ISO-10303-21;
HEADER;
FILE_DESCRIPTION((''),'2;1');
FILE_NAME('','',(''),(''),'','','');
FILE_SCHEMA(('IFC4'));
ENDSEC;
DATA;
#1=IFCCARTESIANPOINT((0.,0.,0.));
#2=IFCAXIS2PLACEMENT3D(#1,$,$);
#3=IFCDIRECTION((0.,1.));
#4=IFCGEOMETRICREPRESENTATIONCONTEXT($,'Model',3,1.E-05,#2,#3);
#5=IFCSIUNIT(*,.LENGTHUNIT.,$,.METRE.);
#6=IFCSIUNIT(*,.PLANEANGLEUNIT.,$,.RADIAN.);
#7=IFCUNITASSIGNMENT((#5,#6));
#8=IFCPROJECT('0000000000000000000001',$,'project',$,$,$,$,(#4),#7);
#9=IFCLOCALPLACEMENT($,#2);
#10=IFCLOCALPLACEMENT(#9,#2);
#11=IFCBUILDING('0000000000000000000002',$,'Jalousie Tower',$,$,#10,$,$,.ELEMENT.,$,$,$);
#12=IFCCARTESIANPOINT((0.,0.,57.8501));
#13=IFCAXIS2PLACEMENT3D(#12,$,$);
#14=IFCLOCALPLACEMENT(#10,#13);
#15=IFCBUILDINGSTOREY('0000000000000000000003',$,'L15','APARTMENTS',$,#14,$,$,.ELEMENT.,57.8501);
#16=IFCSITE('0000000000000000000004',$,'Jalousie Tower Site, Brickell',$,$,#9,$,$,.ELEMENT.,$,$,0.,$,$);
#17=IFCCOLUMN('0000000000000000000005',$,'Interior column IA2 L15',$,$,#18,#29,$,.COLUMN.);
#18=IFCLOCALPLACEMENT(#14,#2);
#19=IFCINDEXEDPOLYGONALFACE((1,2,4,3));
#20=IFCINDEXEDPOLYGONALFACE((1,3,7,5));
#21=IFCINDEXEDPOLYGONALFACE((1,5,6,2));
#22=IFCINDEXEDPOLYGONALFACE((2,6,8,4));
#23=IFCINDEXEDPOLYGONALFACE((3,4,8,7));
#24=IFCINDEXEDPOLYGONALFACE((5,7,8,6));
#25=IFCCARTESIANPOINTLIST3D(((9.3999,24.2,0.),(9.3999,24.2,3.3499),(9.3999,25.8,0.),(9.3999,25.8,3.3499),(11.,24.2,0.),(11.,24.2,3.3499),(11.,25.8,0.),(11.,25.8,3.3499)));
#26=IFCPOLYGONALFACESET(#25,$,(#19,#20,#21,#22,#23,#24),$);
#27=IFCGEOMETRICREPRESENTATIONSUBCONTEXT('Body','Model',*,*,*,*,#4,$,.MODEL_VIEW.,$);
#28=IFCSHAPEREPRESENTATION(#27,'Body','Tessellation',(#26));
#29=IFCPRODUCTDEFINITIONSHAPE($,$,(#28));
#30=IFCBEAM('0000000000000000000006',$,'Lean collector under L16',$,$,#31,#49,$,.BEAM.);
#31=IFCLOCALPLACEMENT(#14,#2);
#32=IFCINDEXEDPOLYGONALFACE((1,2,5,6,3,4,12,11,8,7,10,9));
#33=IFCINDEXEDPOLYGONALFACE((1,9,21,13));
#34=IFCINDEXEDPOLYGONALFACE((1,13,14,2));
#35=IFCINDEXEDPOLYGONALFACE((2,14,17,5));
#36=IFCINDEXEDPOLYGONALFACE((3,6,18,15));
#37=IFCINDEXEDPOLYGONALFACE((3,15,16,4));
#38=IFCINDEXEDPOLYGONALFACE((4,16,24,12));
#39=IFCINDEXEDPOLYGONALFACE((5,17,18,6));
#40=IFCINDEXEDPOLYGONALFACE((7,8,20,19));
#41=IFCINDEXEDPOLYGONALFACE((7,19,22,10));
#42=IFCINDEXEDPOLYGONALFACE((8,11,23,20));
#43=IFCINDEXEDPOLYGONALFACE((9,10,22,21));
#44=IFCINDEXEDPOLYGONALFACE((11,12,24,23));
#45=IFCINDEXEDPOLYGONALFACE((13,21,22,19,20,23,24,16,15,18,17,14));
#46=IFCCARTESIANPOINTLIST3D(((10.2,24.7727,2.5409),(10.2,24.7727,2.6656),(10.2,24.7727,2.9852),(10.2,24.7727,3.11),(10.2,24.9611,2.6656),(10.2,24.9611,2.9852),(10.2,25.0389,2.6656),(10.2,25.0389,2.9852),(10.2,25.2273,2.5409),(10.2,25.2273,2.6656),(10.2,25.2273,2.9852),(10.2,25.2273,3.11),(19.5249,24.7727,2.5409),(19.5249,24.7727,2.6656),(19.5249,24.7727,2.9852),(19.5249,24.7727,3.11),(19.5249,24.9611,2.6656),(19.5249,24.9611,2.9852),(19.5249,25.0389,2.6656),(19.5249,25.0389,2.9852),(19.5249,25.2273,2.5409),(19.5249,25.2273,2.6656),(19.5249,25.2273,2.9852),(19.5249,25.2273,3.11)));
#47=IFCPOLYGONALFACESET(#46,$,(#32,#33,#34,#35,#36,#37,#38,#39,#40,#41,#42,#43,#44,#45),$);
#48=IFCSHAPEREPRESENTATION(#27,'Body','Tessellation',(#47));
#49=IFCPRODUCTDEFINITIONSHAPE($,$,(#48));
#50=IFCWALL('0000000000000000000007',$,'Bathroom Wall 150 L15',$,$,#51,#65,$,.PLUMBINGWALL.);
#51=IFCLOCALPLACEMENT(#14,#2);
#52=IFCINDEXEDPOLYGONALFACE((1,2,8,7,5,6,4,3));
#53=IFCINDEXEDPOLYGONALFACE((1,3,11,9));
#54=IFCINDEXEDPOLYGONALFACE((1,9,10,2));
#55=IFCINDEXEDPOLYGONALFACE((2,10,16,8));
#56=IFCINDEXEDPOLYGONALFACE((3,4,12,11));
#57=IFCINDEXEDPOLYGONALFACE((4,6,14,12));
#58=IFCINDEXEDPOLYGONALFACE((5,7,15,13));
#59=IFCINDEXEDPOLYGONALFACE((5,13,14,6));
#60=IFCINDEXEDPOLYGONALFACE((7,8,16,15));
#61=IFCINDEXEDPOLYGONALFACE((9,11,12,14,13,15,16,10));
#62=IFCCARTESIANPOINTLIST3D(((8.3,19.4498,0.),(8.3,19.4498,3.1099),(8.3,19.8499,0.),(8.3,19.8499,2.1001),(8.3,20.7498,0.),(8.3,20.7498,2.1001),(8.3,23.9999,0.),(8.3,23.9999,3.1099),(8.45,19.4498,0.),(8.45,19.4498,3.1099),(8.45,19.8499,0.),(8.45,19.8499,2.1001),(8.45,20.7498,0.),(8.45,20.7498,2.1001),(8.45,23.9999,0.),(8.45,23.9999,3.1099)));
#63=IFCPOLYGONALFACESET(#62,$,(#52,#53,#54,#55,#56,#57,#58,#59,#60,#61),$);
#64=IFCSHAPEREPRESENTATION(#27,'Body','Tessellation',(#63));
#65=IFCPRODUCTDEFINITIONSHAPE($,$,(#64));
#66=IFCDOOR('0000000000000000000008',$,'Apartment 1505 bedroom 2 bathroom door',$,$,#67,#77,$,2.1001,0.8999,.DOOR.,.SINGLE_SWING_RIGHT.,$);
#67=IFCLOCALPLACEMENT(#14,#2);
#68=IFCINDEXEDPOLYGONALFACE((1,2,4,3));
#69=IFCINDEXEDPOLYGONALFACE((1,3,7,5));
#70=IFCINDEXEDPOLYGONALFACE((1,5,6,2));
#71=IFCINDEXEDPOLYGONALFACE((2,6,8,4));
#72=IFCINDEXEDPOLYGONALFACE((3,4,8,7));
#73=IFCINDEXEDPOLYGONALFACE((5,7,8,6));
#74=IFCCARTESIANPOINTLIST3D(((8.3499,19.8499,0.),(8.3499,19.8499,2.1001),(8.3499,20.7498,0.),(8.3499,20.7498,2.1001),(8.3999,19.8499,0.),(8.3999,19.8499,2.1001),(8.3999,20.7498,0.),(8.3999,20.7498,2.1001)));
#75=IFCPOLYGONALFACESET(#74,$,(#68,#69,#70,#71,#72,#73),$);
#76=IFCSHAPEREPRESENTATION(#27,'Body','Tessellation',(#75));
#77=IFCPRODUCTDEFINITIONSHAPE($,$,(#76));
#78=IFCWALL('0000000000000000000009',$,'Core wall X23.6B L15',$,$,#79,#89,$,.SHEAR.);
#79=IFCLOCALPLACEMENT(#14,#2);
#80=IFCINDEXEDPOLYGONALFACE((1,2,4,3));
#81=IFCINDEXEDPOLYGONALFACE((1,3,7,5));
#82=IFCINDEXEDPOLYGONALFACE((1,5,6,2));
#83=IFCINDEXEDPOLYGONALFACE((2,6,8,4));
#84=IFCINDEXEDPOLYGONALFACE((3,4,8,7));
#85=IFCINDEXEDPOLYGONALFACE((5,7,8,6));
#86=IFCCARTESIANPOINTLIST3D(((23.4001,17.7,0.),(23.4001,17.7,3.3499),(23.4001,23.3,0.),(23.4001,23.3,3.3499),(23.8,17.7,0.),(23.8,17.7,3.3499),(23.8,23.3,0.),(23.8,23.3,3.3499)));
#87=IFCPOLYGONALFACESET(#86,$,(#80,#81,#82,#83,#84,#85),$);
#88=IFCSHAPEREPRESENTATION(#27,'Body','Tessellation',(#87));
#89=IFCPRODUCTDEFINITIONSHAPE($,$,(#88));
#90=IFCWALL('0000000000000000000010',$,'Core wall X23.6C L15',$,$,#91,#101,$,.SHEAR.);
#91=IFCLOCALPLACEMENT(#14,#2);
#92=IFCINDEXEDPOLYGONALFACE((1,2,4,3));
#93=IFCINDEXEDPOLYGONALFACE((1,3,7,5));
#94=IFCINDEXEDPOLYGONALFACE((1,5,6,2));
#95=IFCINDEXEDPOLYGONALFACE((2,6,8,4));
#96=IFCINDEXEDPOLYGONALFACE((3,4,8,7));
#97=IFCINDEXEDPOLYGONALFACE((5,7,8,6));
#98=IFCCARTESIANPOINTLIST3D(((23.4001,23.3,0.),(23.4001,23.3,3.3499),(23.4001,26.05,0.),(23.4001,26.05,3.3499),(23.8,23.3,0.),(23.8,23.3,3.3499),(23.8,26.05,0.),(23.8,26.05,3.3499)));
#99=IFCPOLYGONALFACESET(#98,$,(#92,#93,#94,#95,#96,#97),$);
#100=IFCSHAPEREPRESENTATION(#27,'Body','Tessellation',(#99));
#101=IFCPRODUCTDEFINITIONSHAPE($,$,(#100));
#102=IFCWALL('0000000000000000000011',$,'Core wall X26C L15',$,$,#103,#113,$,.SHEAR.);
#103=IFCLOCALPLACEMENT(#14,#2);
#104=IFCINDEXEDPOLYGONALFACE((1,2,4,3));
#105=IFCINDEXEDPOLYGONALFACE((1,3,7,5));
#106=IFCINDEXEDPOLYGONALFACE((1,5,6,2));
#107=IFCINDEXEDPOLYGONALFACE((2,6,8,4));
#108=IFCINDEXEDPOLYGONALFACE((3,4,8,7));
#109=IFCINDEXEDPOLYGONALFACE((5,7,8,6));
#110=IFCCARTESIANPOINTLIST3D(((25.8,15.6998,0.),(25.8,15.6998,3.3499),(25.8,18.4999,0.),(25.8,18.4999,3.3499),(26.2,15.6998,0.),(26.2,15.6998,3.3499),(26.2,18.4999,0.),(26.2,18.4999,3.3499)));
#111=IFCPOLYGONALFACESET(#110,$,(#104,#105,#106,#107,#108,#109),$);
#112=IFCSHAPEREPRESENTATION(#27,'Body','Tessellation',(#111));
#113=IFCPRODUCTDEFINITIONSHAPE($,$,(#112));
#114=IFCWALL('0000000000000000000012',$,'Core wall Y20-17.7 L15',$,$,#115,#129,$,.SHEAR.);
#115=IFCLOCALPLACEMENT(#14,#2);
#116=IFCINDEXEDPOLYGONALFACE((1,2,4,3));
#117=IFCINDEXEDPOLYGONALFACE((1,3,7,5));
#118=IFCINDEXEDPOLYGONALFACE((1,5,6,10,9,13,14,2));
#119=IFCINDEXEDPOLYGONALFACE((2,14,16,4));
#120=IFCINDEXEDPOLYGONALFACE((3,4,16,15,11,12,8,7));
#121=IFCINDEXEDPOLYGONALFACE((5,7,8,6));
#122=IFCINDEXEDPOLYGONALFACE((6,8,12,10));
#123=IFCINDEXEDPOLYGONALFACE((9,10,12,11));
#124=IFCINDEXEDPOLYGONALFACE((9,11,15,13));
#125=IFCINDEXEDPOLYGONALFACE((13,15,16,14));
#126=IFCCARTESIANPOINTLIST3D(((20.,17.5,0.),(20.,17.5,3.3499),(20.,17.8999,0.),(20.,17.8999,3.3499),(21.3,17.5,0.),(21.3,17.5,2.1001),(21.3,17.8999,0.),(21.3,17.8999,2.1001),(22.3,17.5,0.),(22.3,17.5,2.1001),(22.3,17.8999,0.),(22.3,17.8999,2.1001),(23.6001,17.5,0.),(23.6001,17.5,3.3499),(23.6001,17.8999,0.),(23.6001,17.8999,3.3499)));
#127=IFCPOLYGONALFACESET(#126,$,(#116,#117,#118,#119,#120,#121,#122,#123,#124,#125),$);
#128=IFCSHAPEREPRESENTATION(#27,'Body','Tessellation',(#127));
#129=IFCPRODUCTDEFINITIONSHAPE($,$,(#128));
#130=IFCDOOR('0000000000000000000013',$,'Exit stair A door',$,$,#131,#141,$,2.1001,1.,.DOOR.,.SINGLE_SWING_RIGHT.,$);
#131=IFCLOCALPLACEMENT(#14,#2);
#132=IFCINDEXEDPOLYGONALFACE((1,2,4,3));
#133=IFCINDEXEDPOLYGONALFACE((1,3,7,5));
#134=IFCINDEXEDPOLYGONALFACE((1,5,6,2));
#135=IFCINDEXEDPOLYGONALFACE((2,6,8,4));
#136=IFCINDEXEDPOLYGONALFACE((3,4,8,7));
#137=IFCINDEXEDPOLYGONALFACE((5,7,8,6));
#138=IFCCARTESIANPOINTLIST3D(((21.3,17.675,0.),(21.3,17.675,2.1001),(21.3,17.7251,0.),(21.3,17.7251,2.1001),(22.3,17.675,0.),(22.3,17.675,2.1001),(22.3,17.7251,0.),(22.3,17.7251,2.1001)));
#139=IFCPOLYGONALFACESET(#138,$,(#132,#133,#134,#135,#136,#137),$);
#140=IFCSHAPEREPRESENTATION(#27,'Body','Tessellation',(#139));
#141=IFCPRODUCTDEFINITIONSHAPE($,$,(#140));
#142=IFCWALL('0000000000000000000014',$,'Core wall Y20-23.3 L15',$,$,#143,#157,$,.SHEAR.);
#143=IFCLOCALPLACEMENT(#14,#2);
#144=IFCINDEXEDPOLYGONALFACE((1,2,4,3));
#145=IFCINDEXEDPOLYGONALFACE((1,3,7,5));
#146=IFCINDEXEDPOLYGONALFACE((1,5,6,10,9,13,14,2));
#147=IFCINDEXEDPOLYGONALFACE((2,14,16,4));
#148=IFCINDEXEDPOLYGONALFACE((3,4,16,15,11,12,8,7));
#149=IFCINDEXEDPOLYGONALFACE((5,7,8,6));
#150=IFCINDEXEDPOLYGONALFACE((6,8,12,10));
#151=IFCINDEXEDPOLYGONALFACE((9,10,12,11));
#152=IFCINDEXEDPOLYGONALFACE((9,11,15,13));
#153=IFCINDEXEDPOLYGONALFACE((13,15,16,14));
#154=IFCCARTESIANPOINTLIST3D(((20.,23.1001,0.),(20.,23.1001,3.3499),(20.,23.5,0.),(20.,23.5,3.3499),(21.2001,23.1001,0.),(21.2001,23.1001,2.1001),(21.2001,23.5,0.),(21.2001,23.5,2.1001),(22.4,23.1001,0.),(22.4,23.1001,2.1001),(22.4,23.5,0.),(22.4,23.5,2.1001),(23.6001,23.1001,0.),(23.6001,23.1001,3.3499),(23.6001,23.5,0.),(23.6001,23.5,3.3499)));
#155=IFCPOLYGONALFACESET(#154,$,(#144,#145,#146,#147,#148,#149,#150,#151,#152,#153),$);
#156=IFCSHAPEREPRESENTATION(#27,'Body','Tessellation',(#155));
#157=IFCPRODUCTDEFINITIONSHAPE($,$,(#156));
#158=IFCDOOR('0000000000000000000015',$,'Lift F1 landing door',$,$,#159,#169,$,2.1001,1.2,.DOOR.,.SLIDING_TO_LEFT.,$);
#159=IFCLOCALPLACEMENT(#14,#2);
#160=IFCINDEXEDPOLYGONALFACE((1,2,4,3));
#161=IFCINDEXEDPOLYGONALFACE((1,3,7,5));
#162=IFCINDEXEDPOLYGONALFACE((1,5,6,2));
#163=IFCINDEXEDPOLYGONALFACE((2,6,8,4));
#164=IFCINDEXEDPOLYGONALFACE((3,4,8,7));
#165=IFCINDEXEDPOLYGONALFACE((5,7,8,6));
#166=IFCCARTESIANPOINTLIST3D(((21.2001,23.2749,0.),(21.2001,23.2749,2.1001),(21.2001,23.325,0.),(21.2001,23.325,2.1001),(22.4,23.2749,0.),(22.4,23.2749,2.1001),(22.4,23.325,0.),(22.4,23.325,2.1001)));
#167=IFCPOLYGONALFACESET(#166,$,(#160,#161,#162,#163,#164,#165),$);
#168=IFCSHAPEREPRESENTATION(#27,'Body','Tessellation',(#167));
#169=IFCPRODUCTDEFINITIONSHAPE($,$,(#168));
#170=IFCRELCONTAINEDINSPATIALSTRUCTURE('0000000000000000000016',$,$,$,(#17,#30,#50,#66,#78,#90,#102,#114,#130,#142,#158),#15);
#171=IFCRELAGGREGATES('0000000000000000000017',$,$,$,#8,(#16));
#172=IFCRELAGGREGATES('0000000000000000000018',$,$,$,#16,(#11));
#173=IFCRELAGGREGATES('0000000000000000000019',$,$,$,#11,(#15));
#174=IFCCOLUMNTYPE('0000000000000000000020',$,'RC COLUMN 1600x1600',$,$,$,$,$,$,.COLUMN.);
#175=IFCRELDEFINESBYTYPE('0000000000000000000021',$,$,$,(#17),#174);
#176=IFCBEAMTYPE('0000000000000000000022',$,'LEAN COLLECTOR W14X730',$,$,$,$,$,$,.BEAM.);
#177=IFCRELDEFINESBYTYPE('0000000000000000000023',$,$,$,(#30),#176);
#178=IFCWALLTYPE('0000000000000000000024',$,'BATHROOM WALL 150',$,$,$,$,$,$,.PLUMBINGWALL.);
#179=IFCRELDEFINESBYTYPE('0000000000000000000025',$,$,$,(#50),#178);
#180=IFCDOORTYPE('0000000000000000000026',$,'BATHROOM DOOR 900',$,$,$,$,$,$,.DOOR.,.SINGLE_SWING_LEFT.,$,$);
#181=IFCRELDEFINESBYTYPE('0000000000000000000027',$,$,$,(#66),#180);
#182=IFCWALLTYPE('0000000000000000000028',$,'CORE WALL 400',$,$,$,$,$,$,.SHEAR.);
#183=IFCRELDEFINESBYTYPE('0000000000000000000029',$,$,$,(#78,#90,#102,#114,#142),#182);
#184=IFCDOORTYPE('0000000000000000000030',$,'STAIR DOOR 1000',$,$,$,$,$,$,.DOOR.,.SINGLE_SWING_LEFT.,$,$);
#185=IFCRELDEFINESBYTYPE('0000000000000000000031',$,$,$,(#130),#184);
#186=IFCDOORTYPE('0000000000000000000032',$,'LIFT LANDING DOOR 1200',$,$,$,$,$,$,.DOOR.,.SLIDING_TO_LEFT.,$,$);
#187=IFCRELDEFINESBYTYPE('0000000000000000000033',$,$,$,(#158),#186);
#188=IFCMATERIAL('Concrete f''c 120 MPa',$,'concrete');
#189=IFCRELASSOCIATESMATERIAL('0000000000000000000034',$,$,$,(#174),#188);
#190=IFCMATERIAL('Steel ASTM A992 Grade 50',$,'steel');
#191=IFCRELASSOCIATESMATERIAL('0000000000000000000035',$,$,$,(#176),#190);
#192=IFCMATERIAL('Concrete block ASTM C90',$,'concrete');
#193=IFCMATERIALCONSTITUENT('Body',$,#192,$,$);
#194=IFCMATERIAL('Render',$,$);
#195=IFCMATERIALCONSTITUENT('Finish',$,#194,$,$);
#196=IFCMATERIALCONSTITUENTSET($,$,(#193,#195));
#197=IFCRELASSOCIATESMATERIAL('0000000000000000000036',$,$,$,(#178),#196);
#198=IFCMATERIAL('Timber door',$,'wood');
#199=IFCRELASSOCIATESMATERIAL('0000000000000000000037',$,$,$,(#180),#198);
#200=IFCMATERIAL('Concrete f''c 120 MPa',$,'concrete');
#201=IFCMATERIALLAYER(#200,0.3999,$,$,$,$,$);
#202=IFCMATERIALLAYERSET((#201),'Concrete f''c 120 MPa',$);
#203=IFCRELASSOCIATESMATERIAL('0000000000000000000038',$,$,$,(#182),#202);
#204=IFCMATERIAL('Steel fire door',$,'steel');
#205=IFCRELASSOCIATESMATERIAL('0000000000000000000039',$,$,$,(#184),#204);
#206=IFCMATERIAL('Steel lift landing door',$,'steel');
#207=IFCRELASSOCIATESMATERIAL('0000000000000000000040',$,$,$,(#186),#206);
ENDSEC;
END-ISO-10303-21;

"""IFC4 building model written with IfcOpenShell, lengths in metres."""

from ifc_helpers import new_model, si_unit, direction, frame, frame_2d, origin, origin_2d, place, context, subcontext, project, spatial, rectangle, i_section, extrude, material, layer, layer_set, constituent, constituent_set, material_profile, profile_set, type_object, element, fill, save


model = new_model("IFC4")

# Units and contexts
model_context = context("Model", 3, precision=1e-05, world=origin(), true_north=direction((0.0, 1.0)))
body_context = subcontext(model_context, "Body", "Model", "MODEL_VIEW")
ifc_project = project(units=[si_unit("LENGTHUNIT", "METRE"), si_unit("PLANEANGLEUNIT", "RADIAN")], contexts=[model_context])

# Site, building, storey
site_placement = place(None, origin())
site = spatial("IfcSite", under=ifc_project, at=site_placement, Name="Jalousie Tower Site, Brickell", CompositionType="ELEMENT", RefElevation=0.0)
building_placement = place(site_placement, origin())
building = spatial("IfcBuilding", under=site, at=building_placement, Name="Jalousie Tower", CompositionType="ELEMENT")
storey_placement = place(building_placement, frame((0.0, 0.0, 57.8501)))
storey = spatial("IfcBuildingStorey", under=building, at=storey_placement, Name="L15", Description="APARTMENTS", CompositionType="ELEMENT", Elevation=57.8501)

# Column
ifc_material_1 = material(Name="Concrete f'c 120 MPa", Category="concrete")
ifc_material_profile_1 = material_profile(ifc_material_1, rectangle(XDim=1.6001, YDim=1.6001, at=origin_2d()), Name="RC 1600x1600")
ifc_profile_set_1 = profile_set([ifc_material_profile_1], Name="Concrete f'c 120 MPa")
column_type = type_object("IfcColumnType", Name="RC COLUMN 1600x1600", PredefinedType="COLUMN", material=ifc_profile_set_1)
column_placement = place(storey_placement, frame((10.2, 25.0, 0.0), z_axis=(0.0, 0.0, 1.0), x_axis=(1.0, 0.0, 0.0)))
element("IfcColumn", 1, at=column_placement, inside=storey, type_object=column_type, Name="Interior column IA2 L15", PredefinedType="COLUMN", context=body_context, shape_type="SweptSolid", body=[
    extrude(rectangle(XDim=1.6001, YDim=1.6001, at=origin_2d()), origin(), (0.0, 0.0, 1.0), 3.3499),
])

# Beam
ifc_material_2 = material(Name="Steel ASTM A992 Grade 50", Category="steel")
ifc_material_profile_2 = material_profile(ifc_material_2, i_section(OverallWidth=0.4546, OverallDepth=0.5691, WebThickness=0.0779, FlangeThickness=0.1248, at=origin_2d()), Name="W14X730")
ifc_profile_set_2 = profile_set([ifc_material_profile_2], Name="Steel ASTM A992 Grade 50")
beam_type = type_object("IfcBeamType", Name="LEAN COLLECTOR W14X730", PredefinedType="BEAM", material=ifc_profile_set_2)
beam_placement = place(storey_placement, frame((10.2, 25.0, 2.8254), z_axis=(1.0, 0.0, 0.0), x_axis=(0.0, 1.0, 0.0)))
element("IfcBeam", 2, at=beam_placement, inside=storey, type_object=beam_type, Name="Lean collector under L16", PredefinedType="BEAM", context=body_context, shape_type="SweptSolid", body=[
    extrude(i_section(OverallWidth=0.4546, OverallDepth=0.5691, WebThickness=0.0779, FlangeThickness=0.1248, at=origin_2d()), origin(), (0.0, 0.0, 1.0), 9.325),
])

# Wall, opening, door
ifc_material_3 = material(Name="Concrete block ASTM C90", Category="concrete")
ifc_constituent_1 = constituent(ifc_material_3, Name="Body")
ifc_material_4 = material(Name="Render")
ifc_constituent_2 = constituent(ifc_material_4, Name="Finish")
ifc_constituent_set_1 = constituent_set(constituents=[ifc_constituent_1, ifc_constituent_2])
wall_type_1 = type_object("IfcWallType", Name="BATHROOM WALL 150", PredefinedType="PLUMBINGWALL", material=ifc_constituent_set_1)
wall_1_placement = place(storey_placement, frame((8.375, 19.45, 0.0), z_axis=(0.0, 0.0, 1.0), x_axis=(0.0, 1.0, 0.0)))
wall_1 = element("IfcWall", 3, at=wall_1_placement, inside=storey, type_object=wall_type_1, Name="Bathroom Wall 150 L15", PredefinedType="PLUMBINGWALL", context=body_context, shape_type="SweptSolid", body=[
    extrude(rectangle(XDim=4.55, YDim=0.1499, at=frame_2d((2.2749, 0.0))), origin(), (0.0, 0.0, 1.0), 3.1099),
])
opening_1_placement = place(wall_1_placement, frame((0.3999, 0.0, 0.0)))
opening_1 = element("IfcOpeningElement", 4, at=opening_1_placement, cuts=wall_1, PredefinedType="OPENING", context=body_context, shape_type="SweptSolid", body=[
    extrude(rectangle(XDim=0.8999, YDim=2.1001, at=frame_2d((0.45, 1.05))), frame((0.0, 0.085, 0.0), z_axis=(0.0, -1.0, 0.0), x_axis=(1.0, 0.0, 0.0)), (0.0, 0.0, 1.0), 0.1699),
])
ifc_material_5 = material(Name="Timber door", Category="wood")
door_type_1 = type_object("IfcDoorType", Name="BATHROOM DOOR 900", OperationType="SINGLE_SWING_LEFT", PredefinedType="DOOR", material=ifc_material_5)
door_1_placement = place(opening_1_placement, frame((0.8999, 0.0, 0.0), z_axis=(0.0, 0.0, 1.0), x_axis=(-1.0, 0.0, 0.0)))
door_1 = element("IfcDoor", 5, at=door_1_placement, inside=storey, type_object=door_type_1, Name="Apartment 1505 bedroom 2 bathroom door", OperationType="SINGLE_SWING_RIGHT", OverallHeight=2.1001, OverallWidth=0.8999, PredefinedType="DOOR", context=body_context, shape_type="SweptSolid", body=[
    extrude(rectangle(XDim=0.8999, YDim=2.1001, at=frame_2d((0.45, 1.05))), frame((0.0, 0.0249, 0.0), z_axis=(0.0, -1.0, 0.0), x_axis=(1.0, 0.0, 0.0)), (0.0, 0.0, 1.0), 0.05),
])
fill(opening_1, door_1)

# Walls
ifc_material_6 = material(Name="Concrete f'c 120 MPa", Category="concrete")
ifc_layer_1 = layer(ifc_material_6, 0.3999)
ifc_layer_set_1 = layer_set([ifc_layer_1], Name="Concrete f'c 120 MPa")
wall_type_2 = type_object("IfcWallType", Name="CORE WALL 400", PredefinedType="SHEAR", material=ifc_layer_set_1)
wall_2_placement = place(storey_placement, frame((23.6001, 17.7, 0.0), z_axis=(0.0, 0.0, 1.0), x_axis=(0.0, 1.0, 0.0)))
element("IfcWall", 6, at=wall_2_placement, inside=storey, type_object=wall_type_2, Name="Core wall X23.6B L15", PredefinedType="SHEAR", context=body_context, shape_type="SweptSolid", body=[
    extrude(rectangle(XDim=5.6001, YDim=0.3999, at=frame_2d((2.8, 0.0))), origin(), (0.0, 0.0, 1.0), 3.3499),
])
wall_3_placement = place(storey_placement, frame((23.6001, 23.3, 0.0), z_axis=(0.0, 0.0, 1.0), x_axis=(0.0, 1.0, 0.0)))
element("IfcWall", 7, at=wall_3_placement, inside=storey, type_object=wall_type_2, Name="Core wall X23.6C L15", PredefinedType="SHEAR", context=body_context, shape_type="SweptSolid", body=[
    extrude(rectangle(XDim=2.75, YDim=0.3999, at=frame_2d((1.375, 0.0))), origin(), (0.0, 0.0, 1.0), 3.3499),
])
wall_4_placement = place(storey_placement, frame((26.0, 15.7, 0.0), z_axis=(0.0, 0.0, 1.0), x_axis=(0.0, 1.0, 0.0)))
element("IfcWall", 8, at=wall_4_placement, inside=storey, type_object=wall_type_2, Name="Core wall X26C L15", PredefinedType="SHEAR", context=body_context, shape_type="SweptSolid", body=[
    extrude(rectangle(XDim=2.8, YDim=0.3999, at=frame_2d((1.3999, 0.0))), origin(), (0.0, 0.0, 1.0), 3.3499),
])

# Walls, openings, doors
wall_5_placement = place(storey_placement, frame((20.0, 17.7, 0.0), z_axis=(0.0, 0.0, 1.0), x_axis=(1.0, 0.0, 0.0)))
wall_5 = element("IfcWall", 9, at=wall_5_placement, inside=storey, type_object=wall_type_2, Name="Core wall Y20-17.7 L15", PredefinedType="SHEAR", context=body_context, shape_type="SweptSolid", body=[
    extrude(rectangle(XDim=3.6001, YDim=0.3999, at=frame_2d((1.8, 0.0))), origin(), (0.0, 0.0, 1.0), 3.3499),
])
opening_2_placement = place(wall_5_placement, frame((1.3, 0.0, 0.0)))
opening_2 = element("IfcOpeningElement", 10, at=opening_2_placement, cuts=wall_5, PredefinedType="OPENING", context=body_context, shape_type="SweptSolid", body=[
    extrude(rectangle(XDim=1.0, YDim=2.1001, at=frame_2d((0.5, 1.05))), frame((0.0, 0.21, 0.0), z_axis=(0.0, -1.0, 0.0), x_axis=(1.0, 0.0, 0.0)), (0.0, 0.0, 1.0), 0.4199),
])
ifc_material_7 = material(Name="Steel fire door", Category="steel")
door_type_2 = type_object("IfcDoorType", Name="STAIR DOOR 1000", OperationType="SINGLE_SWING_LEFT", PredefinedType="DOOR", material=ifc_material_7)
door_2_placement = place(opening_2_placement, frame((1.0, 0.0, 0.0), z_axis=(0.0, 0.0, 1.0), x_axis=(-1.0, 0.0, 0.0)))
door_2 = element("IfcDoor", 11, at=door_2_placement, inside=storey, type_object=door_type_2, Name="Exit stair A door", OperationType="SINGLE_SWING_RIGHT", OverallHeight=2.1001, OverallWidth=1.0, PredefinedType="DOOR", context=body_context, shape_type="SweptSolid", body=[
    extrude(rectangle(XDim=1.0, YDim=2.1001, at=frame_2d((0.5, 1.05))), frame((0.0, 0.0249, 0.0), z_axis=(0.0, -1.0, 0.0), x_axis=(1.0, 0.0, 0.0)), (0.0, 0.0, 1.0), 0.05),
])
fill(opening_2, door_2)
wall_6_placement = place(storey_placement, frame((20.0, 23.3, 0.0), z_axis=(0.0, 0.0, 1.0), x_axis=(1.0, 0.0, 0.0)))
wall_6 = element("IfcWall", 12, at=wall_6_placement, inside=storey, type_object=wall_type_2, Name="Core wall Y20-23.3 L15", PredefinedType="SHEAR", context=body_context, shape_type="SweptSolid", body=[
    extrude(rectangle(XDim=3.6001, YDim=0.3999, at=frame_2d((1.8, 0.0))), origin(), (0.0, 0.0, 1.0), 3.3499),
])
opening_3_placement = place(wall_6_placement, frame((1.2, 0.0, 0.0)))
opening_3 = element("IfcOpeningElement", 13, at=opening_3_placement, cuts=wall_6, PredefinedType="OPENING", context=body_context, shape_type="SweptSolid", body=[
    extrude(rectangle(XDim=1.2, YDim=2.1001, at=frame_2d((0.6001, 1.05))), frame((0.0, 0.21, 0.0), z_axis=(0.0, -1.0, 0.0), x_axis=(1.0, 0.0, 0.0)), (0.0, 0.0, 1.0), 0.4199),
])
ifc_material_8 = material(Name="Steel lift landing door", Category="steel")
door_type_3 = type_object("IfcDoorType", Name="LIFT LANDING DOOR 1200", OperationType="SLIDING_TO_LEFT", PredefinedType="DOOR", material=ifc_material_8)
door_3_placement = place(opening_3_placement, origin())
door_3 = element("IfcDoor", 14, at=door_3_placement, inside=storey, type_object=door_type_3, Name="Lift F1 landing door", OperationType="SLIDING_TO_LEFT", OverallHeight=2.1001, OverallWidth=1.2, PredefinedType="DOOR", context=body_context, shape_type="SweptSolid", body=[
    extrude(rectangle(XDim=1.2, YDim=2.1001, at=frame_2d((0.6001, 1.05))), frame((0.0, 0.0249, 0.0), z_axis=(0.0, -1.0, 0.0), x_axis=(1.0, 0.0, 0.0)), (0.0, 0.0, 1.0), 0.05),
])
fill(opening_3, door_3)

save(model, "model.ifc")
